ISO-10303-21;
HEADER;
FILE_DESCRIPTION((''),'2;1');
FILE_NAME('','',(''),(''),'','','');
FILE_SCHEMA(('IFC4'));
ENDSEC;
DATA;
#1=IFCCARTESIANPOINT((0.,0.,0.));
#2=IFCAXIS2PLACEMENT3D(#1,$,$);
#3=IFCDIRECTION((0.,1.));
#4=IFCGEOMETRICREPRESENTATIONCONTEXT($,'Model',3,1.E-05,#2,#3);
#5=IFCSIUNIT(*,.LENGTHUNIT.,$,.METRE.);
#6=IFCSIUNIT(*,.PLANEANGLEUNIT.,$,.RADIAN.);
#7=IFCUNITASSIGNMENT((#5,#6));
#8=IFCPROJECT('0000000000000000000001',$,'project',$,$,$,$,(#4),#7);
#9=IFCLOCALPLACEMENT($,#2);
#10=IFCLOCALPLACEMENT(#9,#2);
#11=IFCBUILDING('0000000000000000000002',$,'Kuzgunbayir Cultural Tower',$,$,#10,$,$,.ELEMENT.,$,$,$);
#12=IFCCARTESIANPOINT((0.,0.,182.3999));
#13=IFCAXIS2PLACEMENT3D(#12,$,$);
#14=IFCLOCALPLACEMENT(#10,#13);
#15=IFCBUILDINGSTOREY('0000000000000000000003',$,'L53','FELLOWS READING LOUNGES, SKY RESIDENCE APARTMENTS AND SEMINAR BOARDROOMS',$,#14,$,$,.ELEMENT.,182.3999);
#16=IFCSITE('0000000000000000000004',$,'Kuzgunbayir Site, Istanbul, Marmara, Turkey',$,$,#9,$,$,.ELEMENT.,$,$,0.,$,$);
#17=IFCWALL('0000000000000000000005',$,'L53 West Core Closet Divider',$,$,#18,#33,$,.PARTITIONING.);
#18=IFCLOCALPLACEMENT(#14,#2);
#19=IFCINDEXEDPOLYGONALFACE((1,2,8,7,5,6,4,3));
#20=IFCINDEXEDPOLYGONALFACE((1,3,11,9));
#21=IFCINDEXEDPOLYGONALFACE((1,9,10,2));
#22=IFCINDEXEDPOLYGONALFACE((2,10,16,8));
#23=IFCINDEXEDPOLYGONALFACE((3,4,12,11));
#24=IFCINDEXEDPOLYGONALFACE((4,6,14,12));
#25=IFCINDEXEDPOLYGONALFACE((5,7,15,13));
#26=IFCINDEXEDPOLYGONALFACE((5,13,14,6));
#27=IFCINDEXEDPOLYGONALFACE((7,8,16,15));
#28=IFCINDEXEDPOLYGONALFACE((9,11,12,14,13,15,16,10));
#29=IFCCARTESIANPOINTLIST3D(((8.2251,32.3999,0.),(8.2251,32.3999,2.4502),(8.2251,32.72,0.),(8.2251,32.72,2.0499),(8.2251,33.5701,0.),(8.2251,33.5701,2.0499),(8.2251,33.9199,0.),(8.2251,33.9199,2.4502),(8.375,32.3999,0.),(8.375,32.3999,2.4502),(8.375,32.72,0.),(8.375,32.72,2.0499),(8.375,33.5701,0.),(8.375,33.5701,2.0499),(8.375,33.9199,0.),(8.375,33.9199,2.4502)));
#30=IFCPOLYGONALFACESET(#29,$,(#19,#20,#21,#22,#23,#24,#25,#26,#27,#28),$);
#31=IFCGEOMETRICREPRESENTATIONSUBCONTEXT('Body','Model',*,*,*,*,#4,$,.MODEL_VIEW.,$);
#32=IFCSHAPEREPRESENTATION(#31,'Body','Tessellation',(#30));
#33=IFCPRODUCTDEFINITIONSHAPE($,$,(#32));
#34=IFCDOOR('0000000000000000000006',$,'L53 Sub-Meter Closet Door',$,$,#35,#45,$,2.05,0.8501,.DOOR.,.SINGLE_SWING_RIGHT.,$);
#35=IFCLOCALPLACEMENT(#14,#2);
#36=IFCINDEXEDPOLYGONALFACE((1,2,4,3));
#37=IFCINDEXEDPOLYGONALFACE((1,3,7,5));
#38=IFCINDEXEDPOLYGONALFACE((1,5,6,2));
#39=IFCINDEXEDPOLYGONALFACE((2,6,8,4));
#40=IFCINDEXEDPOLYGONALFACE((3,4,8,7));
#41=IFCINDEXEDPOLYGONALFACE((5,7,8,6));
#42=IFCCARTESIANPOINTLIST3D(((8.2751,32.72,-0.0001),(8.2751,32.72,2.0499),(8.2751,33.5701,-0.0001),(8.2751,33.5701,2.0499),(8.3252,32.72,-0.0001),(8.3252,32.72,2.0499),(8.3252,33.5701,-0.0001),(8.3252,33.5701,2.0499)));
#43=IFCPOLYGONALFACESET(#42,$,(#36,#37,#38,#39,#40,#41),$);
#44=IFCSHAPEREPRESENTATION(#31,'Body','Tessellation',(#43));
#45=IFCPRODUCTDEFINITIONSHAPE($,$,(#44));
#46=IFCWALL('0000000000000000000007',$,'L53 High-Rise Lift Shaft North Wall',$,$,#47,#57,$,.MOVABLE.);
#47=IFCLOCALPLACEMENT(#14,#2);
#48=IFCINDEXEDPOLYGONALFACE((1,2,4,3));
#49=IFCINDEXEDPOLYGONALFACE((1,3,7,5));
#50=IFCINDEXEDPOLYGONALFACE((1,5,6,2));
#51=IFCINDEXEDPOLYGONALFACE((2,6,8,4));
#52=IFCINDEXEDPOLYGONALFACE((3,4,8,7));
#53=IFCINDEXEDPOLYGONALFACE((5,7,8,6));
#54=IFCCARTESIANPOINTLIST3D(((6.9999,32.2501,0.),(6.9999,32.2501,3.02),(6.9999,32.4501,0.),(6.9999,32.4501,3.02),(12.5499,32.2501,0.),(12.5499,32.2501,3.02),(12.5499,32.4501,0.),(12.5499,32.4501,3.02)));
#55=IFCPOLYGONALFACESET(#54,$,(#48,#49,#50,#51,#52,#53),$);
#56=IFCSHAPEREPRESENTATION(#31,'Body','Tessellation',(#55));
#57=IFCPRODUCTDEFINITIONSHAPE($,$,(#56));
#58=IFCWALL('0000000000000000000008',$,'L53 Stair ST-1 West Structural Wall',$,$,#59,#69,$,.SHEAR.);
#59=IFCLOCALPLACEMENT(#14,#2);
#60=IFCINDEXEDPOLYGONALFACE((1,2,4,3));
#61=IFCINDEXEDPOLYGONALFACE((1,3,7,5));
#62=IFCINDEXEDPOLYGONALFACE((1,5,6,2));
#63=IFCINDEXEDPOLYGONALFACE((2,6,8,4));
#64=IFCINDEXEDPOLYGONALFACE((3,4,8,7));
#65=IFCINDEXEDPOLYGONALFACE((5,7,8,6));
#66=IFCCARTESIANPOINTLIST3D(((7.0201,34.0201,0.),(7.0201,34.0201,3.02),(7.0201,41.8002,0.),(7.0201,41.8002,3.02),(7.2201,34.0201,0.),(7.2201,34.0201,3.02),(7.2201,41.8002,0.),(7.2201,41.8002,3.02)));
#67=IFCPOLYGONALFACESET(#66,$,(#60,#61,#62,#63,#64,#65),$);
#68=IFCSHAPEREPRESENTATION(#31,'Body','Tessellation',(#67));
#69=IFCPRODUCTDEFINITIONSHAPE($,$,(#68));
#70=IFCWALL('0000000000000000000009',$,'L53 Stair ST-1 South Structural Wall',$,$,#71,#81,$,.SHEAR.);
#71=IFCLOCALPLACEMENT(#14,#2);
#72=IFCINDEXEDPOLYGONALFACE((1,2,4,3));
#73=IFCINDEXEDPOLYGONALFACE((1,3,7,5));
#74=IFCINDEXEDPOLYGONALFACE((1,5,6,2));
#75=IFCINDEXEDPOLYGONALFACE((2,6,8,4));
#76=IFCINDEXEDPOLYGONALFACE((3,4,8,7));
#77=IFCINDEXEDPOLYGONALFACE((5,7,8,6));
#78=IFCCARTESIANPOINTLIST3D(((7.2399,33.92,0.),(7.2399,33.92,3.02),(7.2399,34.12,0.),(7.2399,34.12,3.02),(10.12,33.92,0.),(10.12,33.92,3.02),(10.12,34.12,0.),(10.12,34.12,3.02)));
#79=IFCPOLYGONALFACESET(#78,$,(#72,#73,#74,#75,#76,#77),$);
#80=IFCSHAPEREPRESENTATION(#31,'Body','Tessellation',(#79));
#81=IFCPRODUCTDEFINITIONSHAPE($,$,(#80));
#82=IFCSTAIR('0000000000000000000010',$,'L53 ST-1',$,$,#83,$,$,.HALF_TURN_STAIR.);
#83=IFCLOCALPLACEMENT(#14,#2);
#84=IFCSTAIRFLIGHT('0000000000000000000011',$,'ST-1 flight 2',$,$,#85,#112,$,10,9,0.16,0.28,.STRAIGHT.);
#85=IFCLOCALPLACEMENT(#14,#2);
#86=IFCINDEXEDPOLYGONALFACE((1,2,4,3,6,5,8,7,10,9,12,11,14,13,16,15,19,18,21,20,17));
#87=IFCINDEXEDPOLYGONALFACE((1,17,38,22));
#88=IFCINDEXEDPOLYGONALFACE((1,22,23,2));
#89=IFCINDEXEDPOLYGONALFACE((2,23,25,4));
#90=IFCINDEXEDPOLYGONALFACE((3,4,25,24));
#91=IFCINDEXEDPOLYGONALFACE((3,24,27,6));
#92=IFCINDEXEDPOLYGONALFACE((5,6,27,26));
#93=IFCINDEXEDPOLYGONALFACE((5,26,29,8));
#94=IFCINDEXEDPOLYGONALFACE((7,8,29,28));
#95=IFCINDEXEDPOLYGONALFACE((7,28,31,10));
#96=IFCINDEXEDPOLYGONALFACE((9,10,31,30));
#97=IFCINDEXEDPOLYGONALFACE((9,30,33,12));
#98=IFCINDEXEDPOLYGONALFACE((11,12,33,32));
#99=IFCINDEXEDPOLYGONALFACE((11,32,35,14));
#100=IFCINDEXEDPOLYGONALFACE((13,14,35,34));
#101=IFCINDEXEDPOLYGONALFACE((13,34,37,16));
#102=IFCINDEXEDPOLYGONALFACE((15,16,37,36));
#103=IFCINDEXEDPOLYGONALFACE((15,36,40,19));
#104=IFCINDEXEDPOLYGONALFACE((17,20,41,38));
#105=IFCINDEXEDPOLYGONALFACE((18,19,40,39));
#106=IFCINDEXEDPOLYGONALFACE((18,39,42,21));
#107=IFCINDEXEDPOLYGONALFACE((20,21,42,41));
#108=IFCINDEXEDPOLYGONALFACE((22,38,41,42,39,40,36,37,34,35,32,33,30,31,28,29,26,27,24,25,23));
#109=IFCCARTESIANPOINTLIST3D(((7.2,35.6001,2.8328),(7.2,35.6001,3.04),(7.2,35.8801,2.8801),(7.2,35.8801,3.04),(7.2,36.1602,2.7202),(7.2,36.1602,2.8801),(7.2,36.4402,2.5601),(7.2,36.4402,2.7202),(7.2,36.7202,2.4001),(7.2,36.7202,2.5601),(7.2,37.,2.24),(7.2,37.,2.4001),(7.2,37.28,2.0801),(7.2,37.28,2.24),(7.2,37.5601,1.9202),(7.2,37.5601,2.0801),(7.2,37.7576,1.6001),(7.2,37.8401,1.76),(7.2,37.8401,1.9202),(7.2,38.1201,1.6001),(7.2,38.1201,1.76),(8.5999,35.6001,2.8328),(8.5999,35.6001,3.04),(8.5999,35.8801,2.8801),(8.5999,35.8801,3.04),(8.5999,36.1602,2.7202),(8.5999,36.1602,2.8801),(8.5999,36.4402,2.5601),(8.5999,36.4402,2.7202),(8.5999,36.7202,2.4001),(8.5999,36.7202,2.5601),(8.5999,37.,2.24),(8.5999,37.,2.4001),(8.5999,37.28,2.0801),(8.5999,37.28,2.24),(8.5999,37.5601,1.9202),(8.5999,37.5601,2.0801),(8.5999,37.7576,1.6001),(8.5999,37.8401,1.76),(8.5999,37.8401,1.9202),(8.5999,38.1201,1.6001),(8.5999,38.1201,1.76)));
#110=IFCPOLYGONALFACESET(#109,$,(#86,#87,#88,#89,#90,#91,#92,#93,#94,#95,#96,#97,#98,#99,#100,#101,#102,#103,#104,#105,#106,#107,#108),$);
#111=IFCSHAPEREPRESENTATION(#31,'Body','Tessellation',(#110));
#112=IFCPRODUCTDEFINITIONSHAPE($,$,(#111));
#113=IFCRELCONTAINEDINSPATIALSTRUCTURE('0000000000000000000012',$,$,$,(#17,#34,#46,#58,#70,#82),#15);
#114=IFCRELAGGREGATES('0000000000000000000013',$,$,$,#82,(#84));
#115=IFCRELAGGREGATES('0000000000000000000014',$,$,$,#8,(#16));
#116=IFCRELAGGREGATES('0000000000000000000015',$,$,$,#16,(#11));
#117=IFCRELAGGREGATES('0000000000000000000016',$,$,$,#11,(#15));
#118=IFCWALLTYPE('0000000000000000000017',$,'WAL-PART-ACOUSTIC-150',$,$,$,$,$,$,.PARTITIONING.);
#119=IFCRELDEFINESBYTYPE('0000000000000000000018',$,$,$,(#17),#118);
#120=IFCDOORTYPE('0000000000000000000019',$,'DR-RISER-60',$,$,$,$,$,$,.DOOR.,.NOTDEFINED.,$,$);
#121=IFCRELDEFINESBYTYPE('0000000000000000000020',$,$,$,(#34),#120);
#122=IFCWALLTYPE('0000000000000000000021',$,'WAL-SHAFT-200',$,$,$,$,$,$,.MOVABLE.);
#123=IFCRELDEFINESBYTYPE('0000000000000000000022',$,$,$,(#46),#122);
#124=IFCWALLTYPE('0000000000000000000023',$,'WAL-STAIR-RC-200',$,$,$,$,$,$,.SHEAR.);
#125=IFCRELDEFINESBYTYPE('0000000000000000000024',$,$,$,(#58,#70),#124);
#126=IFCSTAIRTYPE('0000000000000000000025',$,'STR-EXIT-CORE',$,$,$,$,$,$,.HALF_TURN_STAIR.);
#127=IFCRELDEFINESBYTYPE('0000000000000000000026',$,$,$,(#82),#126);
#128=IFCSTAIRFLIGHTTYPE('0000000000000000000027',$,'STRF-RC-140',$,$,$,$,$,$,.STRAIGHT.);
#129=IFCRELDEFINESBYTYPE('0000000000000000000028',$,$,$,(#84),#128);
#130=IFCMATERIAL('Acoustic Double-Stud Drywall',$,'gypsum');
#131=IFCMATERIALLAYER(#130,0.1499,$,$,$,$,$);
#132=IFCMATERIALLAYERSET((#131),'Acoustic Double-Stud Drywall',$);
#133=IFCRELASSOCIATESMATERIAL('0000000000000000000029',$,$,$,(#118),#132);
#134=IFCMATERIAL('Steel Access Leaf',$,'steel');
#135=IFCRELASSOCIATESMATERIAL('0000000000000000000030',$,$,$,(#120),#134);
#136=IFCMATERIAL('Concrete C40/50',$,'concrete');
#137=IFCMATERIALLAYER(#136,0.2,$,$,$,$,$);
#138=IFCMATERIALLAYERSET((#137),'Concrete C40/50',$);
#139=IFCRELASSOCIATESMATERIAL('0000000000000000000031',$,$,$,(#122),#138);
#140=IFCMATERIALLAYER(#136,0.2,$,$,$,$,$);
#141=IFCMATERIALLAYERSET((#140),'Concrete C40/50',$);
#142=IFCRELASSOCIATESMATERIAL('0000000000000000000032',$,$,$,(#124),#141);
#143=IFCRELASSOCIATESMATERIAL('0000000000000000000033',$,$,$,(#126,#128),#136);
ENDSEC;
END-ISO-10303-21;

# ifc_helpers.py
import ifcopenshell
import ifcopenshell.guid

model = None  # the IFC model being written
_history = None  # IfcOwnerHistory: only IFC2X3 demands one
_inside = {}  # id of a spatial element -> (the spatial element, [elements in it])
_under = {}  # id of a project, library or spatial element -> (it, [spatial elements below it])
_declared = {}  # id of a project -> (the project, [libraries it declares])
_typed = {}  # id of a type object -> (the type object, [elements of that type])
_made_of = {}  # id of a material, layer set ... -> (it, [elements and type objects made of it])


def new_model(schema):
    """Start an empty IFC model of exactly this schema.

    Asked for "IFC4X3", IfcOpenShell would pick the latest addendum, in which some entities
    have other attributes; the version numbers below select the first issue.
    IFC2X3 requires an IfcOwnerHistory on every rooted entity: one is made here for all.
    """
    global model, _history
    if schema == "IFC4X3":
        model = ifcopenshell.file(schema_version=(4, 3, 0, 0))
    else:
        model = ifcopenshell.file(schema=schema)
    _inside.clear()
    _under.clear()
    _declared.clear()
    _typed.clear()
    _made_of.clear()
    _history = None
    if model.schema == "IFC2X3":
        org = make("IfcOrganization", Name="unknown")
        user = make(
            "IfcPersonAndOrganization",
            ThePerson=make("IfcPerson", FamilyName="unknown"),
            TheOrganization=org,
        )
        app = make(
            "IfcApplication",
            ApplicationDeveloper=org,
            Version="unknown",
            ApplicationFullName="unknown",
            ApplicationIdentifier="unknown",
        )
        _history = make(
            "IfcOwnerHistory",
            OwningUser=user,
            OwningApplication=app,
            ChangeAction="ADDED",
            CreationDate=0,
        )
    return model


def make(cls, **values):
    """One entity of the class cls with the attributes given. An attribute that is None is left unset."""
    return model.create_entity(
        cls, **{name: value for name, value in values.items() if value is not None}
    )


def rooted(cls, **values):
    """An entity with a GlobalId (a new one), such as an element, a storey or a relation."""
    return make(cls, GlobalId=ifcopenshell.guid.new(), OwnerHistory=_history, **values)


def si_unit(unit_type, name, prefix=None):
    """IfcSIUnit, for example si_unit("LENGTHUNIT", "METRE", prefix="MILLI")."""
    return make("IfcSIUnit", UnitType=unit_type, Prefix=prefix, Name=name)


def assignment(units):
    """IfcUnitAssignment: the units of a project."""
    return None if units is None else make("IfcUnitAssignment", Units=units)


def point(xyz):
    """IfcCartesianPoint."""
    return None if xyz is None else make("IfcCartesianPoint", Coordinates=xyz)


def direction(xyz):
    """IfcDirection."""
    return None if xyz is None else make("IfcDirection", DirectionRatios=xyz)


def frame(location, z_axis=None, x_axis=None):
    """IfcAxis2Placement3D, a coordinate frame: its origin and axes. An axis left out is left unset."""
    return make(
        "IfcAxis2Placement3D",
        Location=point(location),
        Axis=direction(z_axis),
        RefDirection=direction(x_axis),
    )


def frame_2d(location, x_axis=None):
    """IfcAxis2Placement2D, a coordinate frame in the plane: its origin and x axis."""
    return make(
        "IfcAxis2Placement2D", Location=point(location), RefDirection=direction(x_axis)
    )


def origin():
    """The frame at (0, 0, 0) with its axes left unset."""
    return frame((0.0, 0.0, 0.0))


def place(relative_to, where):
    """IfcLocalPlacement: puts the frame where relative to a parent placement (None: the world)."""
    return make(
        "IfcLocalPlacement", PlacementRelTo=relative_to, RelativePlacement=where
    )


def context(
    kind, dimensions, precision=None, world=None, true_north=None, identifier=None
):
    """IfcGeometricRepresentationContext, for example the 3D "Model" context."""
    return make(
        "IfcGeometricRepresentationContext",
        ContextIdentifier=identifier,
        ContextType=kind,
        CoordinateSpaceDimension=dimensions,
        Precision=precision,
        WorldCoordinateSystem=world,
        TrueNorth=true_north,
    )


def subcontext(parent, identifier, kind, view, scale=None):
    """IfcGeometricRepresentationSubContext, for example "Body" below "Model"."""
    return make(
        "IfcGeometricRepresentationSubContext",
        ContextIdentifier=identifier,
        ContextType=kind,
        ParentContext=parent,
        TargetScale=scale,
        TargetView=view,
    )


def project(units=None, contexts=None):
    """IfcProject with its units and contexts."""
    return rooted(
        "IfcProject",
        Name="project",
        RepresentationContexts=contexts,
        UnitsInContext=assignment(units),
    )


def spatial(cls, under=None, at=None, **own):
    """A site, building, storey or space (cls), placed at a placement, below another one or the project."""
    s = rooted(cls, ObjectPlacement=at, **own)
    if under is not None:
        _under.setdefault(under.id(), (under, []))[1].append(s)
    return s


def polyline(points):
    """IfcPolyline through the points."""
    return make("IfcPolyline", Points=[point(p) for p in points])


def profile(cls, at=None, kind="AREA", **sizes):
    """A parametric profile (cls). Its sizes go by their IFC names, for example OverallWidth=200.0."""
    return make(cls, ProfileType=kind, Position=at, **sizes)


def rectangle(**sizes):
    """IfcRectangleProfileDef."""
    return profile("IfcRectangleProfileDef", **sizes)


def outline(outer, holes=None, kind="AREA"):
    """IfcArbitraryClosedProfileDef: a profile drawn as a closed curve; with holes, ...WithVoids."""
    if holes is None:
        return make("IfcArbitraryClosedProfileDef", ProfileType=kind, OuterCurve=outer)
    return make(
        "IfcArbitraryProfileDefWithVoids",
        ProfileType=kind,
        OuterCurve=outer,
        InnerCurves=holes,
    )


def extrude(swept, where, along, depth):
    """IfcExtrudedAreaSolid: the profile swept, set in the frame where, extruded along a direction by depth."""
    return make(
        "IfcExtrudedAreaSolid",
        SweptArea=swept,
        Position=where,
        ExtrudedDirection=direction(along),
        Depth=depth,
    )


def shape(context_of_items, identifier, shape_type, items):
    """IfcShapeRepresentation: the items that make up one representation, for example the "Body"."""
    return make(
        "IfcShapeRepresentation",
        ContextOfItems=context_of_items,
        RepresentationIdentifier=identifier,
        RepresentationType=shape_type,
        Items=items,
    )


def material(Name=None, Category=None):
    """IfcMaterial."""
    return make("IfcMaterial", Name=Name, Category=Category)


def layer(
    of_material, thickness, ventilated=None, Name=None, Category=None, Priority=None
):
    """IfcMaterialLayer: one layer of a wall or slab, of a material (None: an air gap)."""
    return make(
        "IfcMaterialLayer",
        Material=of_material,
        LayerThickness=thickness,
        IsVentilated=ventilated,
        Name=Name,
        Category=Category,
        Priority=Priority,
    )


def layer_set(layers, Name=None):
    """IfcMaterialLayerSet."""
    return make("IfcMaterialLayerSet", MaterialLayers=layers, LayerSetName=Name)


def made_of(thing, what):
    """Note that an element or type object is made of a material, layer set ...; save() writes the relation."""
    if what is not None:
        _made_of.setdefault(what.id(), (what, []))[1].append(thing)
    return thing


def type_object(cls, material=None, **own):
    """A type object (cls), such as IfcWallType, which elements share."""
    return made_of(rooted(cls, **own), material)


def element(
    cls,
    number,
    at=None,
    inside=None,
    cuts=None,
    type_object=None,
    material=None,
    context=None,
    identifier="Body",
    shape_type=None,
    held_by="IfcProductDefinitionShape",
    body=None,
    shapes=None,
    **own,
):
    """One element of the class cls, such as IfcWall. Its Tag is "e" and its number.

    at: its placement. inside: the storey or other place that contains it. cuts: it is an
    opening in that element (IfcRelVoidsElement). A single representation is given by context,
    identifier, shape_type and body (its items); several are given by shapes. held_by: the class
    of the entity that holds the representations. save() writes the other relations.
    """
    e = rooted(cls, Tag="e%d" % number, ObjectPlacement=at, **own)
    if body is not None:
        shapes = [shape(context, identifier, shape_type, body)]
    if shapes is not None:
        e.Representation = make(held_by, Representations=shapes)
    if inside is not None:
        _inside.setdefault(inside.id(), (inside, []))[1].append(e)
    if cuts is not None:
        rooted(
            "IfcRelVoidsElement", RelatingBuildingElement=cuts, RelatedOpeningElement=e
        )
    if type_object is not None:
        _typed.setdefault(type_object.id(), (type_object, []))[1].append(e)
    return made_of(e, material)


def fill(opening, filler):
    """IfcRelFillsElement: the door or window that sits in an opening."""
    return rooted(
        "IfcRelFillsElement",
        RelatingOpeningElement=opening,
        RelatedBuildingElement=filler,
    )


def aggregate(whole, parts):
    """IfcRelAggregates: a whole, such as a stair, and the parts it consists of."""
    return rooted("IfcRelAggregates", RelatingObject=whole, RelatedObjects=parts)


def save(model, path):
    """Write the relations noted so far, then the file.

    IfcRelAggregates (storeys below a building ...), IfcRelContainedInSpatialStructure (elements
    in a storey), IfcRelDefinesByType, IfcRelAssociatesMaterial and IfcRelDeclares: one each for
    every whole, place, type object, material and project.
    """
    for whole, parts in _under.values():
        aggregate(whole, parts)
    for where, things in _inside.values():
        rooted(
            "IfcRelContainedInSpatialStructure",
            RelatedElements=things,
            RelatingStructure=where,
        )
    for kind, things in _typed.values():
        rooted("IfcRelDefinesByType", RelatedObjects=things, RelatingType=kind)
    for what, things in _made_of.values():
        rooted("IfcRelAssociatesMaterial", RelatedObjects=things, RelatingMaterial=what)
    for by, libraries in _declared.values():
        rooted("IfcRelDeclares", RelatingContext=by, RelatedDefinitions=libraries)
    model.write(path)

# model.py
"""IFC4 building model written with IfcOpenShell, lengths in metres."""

from ifc_helpers import new_model, si_unit, direction, frame, frame_2d, origin, place, context, subcontext, project, spatial, polyline, rectangle, outline, extrude, material, layer, layer_set, type_object, element, fill, aggregate, save


model = new_model("IFC4")

# Units and contexts
model_context = context("Model", 3, precision=1e-05, world=origin(), true_north=direction((0.0, 1.0)))
body_context = subcontext(model_context, "Body", "Model", "MODEL_VIEW")
ifc_project = project(units=[si_unit("LENGTHUNIT", "METRE"), si_unit("PLANEANGLEUNIT", "RADIAN")], contexts=[model_context])

# Site, building, storey
site_placement = place(None, origin())
site = spatial("IfcSite", under=ifc_project, at=site_placement, Name="Kuzgunbayir Site, Istanbul, Marmara, Turkey", CompositionType="ELEMENT", RefElevation=0.0)
building_placement = place(site_placement, origin())
building = spatial("IfcBuilding", under=site, at=building_placement, Name="Kuzgunbayir Cultural Tower", CompositionType="ELEMENT")
storey_placement = place(building_placement, frame((0.0, 0.0, 182.3999)))
storey = spatial("IfcBuildingStorey", under=building, at=storey_placement, Name="L53", Description="FELLOWS READING LOUNGES, SKY RESIDENCE APARTMENTS AND SEMINAR BOARDROOMS", CompositionType="ELEMENT", Elevation=182.3999)

# Wall, opening, door
ifc_material_1 = material(Name="Acoustic Double-Stud Drywall", Category="gypsum")
ifc_layer_1 = layer(ifc_material_1, 0.1499)
ifc_layer_set_1 = layer_set([ifc_layer_1], Name="Acoustic Double-Stud Drywall")
wall_type_1 = type_object("IfcWallType", Name="WAL-PART-ACOUSTIC-150", PredefinedType="PARTITIONING", material=ifc_layer_set_1)
wall_1_placement = place(storey_placement, frame((8.3, 32.3999, 0.0), z_axis=(0.0, 0.0, 1.0), x_axis=(0.0, 1.0, 0.0)))
wall_1 = element("IfcWall", 1, at=wall_1_placement, inside=storey, type_object=wall_type_1, Name="L53 West Core Closet Divider", PredefinedType="PARTITIONING", context=body_context, shape_type="SweptSolid", body=[
    extrude(rectangle(XDim=1.52, YDim=0.1499, at=frame_2d((0.76, 0.0))), origin(), (0.0, 0.0, 1.0), 2.4502),
])
opening_1_placement = place(wall_1_placement, frame((0.3201, 0.0, 0.0)))
opening_1 = element("IfcOpeningElement", 2, at=opening_1_placement, cuts=wall_1, PredefinedType="OPENING", context=body_context, shape_type="SweptSolid", body=[
    extrude(rectangle(XDim=0.8501, YDim=2.05, at=frame_2d((0.425, 1.0249))), frame((0.0, 0.085, 0.0), z_axis=(0.0, -1.0, 0.0), x_axis=(1.0, 0.0, 0.0)), (0.0, 0.0, 1.0), 0.1699),
])
ifc_material_2 = material(Name="Steel Access Leaf", Category="steel")
door_type_1 = type_object("IfcDoorType", Name="DR-RISER-60", OperationType="NOTDEFINED", PredefinedType="DOOR", material=ifc_material_2)
door_1_placement = place(opening_1_placement, origin())
door_1 = element("IfcDoor", 3, at=door_1_placement, inside=storey, type_object=door_type_1, Name="L53 Sub-Meter Closet Door", OperationType="SINGLE_SWING_RIGHT", OverallHeight=2.05, OverallWidth=0.8501, PredefinedType="DOOR", context=body_context, shape_type="SweptSolid", body=[
    extrude(rectangle(XDim=0.8501, YDim=2.05, at=frame_2d((0.425, 1.0249))), frame((0.0, 0.0249, 0.0), z_axis=(0.0, -1.0, 0.0), x_axis=(1.0, 0.0, 0.0)), (0.0, 0.0, 1.0), 0.05),
])
fill(opening_1, door_1)

# Walls
ifc_material_3 = material(Name="Concrete C40/50", Category="concrete")
ifc_layer_2 = layer(ifc_material_3, 0.2)
ifc_layer_set_2 = layer_set([ifc_layer_2], Name="Concrete C40/50")
wall_type_2 = type_object("IfcWallType", Name="WAL-SHAFT-200", PredefinedType="MOVABLE", material=ifc_layer_set_2)
wall_2_placement = place(storey_placement, frame((7.0, 32.3501, 0.0), z_axis=(0.0, 0.0, 1.0), x_axis=(1.0, 0.0, 0.0)))
element("IfcWall", 4, at=wall_2_placement, inside=storey, type_object=wall_type_2, Name="L53 High-Rise Lift Shaft North Wall", PredefinedType="MOVABLE", context=body_context, shape_type="SweptSolid", body=[
    extrude(rectangle(XDim=5.55, YDim=0.2, at=frame_2d((2.7749, 0.0))), origin(), (0.0, 0.0, 1.0), 3.02),
])
ifc_layer_3 = layer(ifc_material_3, 0.2)
ifc_layer_set_3 = layer_set([ifc_layer_3], Name="Concrete C40/50")
wall_type_3 = type_object("IfcWallType", Name="WAL-STAIR-RC-200", PredefinedType="SHEAR", material=ifc_layer_set_3)
wall_3_placement = place(storey_placement, frame((7.1201, 34.02, 0.0), z_axis=(0.0, 0.0, 1.0), x_axis=(0.0, 1.0, 0.0)))
element("IfcWall", 5, at=wall_3_placement, inside=storey, type_object=wall_type_3, Name="L53 Stair ST-1 West Structural Wall", PredefinedType="SHEAR", context=body_context, shape_type="SweptSolid", body=[
    extrude(rectangle(XDim=7.78, YDim=0.2, at=frame_2d((3.8901, 0.0))), origin(), (0.0, 0.0, 1.0), 3.02),
])
wall_4_placement = place(storey_placement, frame((7.24, 34.02, 0.0), z_axis=(0.0, 0.0, 1.0), x_axis=(1.0, 0.0, 0.0)))
element("IfcWall", 6, at=wall_4_placement, inside=storey, type_object=wall_type_3, Name="L53 Stair ST-1 South Structural Wall", PredefinedType="SHEAR", context=body_context, shape_type="SweptSolid", body=[
    extrude(rectangle(XDim=2.8801, YDim=0.2, at=frame_2d((1.4399, 0.0))), origin(), (0.0, 0.0, 1.0), 3.02),
])

# Stair, stair flight
stair_type = type_object("IfcStairType", Name="STR-EXIT-CORE", PredefinedType="HALF_TURN_STAIR", material=ifc_material_3)
stair_placement = place(storey_placement, origin())
stair = element("IfcStair", 7, at=stair_placement, inside=storey, type_object=stair_type, Name="L53 ST-1", PredefinedType="HALF_TURN_STAIR")
stair_flight_type = type_object("IfcStairFlightType", Name="STRF-RC-140", PredefinedType="STRAIGHT", material=ifc_material_3)
stair_flight_placement = place(storey_placement, frame((7.8999, 38.1201, 1.6001), z_axis=(0.0, 0.0, 1.0), x_axis=(0.0, -1.0, 0.0)))
stair_flight = element("IfcStairFlight", 8, at=stair_flight_placement, type_object=stair_flight_type, Name="ST-1 flight 2", NumberOfRisers=10, NumberOfTreads=9, PredefinedType="STRAIGHT", RiserHeight=0.16, TreadLength=0.28, context=body_context, shape_type="SweptSolid", body=[
    extrude(outline(polyline([(0.0, 0.0), (0.0, 0.1599), (0.28, 0.1599), (0.28, 0.3201), (0.5601, 0.3201), (0.5601, 0.48), (0.8401, 0.48), (0.8401, 0.6399), (1.1201, 0.6399), (1.1201, 0.8), (1.3999, 0.8), (1.3999, 0.96), (1.6799, 0.96), (1.6799, 1.1201), (1.96, 1.1201), (1.96, 1.28), (2.24, 1.28), (2.24, 1.4399), (2.52, 1.4399), (2.52, 1.6001), (2.52, 1.2327), (0.3625, 0.0), (0.0, 0.0)])), frame((0.0, 0.7, 0.0), z_axis=(0.0, -1.0, 0.0), x_axis=(1.0, 0.0, 0.0)), (0.0, 0.0, 1.0), 1.3999),
])
aggregate(stair, [stair_flight])

save(model, "model.ifc")
